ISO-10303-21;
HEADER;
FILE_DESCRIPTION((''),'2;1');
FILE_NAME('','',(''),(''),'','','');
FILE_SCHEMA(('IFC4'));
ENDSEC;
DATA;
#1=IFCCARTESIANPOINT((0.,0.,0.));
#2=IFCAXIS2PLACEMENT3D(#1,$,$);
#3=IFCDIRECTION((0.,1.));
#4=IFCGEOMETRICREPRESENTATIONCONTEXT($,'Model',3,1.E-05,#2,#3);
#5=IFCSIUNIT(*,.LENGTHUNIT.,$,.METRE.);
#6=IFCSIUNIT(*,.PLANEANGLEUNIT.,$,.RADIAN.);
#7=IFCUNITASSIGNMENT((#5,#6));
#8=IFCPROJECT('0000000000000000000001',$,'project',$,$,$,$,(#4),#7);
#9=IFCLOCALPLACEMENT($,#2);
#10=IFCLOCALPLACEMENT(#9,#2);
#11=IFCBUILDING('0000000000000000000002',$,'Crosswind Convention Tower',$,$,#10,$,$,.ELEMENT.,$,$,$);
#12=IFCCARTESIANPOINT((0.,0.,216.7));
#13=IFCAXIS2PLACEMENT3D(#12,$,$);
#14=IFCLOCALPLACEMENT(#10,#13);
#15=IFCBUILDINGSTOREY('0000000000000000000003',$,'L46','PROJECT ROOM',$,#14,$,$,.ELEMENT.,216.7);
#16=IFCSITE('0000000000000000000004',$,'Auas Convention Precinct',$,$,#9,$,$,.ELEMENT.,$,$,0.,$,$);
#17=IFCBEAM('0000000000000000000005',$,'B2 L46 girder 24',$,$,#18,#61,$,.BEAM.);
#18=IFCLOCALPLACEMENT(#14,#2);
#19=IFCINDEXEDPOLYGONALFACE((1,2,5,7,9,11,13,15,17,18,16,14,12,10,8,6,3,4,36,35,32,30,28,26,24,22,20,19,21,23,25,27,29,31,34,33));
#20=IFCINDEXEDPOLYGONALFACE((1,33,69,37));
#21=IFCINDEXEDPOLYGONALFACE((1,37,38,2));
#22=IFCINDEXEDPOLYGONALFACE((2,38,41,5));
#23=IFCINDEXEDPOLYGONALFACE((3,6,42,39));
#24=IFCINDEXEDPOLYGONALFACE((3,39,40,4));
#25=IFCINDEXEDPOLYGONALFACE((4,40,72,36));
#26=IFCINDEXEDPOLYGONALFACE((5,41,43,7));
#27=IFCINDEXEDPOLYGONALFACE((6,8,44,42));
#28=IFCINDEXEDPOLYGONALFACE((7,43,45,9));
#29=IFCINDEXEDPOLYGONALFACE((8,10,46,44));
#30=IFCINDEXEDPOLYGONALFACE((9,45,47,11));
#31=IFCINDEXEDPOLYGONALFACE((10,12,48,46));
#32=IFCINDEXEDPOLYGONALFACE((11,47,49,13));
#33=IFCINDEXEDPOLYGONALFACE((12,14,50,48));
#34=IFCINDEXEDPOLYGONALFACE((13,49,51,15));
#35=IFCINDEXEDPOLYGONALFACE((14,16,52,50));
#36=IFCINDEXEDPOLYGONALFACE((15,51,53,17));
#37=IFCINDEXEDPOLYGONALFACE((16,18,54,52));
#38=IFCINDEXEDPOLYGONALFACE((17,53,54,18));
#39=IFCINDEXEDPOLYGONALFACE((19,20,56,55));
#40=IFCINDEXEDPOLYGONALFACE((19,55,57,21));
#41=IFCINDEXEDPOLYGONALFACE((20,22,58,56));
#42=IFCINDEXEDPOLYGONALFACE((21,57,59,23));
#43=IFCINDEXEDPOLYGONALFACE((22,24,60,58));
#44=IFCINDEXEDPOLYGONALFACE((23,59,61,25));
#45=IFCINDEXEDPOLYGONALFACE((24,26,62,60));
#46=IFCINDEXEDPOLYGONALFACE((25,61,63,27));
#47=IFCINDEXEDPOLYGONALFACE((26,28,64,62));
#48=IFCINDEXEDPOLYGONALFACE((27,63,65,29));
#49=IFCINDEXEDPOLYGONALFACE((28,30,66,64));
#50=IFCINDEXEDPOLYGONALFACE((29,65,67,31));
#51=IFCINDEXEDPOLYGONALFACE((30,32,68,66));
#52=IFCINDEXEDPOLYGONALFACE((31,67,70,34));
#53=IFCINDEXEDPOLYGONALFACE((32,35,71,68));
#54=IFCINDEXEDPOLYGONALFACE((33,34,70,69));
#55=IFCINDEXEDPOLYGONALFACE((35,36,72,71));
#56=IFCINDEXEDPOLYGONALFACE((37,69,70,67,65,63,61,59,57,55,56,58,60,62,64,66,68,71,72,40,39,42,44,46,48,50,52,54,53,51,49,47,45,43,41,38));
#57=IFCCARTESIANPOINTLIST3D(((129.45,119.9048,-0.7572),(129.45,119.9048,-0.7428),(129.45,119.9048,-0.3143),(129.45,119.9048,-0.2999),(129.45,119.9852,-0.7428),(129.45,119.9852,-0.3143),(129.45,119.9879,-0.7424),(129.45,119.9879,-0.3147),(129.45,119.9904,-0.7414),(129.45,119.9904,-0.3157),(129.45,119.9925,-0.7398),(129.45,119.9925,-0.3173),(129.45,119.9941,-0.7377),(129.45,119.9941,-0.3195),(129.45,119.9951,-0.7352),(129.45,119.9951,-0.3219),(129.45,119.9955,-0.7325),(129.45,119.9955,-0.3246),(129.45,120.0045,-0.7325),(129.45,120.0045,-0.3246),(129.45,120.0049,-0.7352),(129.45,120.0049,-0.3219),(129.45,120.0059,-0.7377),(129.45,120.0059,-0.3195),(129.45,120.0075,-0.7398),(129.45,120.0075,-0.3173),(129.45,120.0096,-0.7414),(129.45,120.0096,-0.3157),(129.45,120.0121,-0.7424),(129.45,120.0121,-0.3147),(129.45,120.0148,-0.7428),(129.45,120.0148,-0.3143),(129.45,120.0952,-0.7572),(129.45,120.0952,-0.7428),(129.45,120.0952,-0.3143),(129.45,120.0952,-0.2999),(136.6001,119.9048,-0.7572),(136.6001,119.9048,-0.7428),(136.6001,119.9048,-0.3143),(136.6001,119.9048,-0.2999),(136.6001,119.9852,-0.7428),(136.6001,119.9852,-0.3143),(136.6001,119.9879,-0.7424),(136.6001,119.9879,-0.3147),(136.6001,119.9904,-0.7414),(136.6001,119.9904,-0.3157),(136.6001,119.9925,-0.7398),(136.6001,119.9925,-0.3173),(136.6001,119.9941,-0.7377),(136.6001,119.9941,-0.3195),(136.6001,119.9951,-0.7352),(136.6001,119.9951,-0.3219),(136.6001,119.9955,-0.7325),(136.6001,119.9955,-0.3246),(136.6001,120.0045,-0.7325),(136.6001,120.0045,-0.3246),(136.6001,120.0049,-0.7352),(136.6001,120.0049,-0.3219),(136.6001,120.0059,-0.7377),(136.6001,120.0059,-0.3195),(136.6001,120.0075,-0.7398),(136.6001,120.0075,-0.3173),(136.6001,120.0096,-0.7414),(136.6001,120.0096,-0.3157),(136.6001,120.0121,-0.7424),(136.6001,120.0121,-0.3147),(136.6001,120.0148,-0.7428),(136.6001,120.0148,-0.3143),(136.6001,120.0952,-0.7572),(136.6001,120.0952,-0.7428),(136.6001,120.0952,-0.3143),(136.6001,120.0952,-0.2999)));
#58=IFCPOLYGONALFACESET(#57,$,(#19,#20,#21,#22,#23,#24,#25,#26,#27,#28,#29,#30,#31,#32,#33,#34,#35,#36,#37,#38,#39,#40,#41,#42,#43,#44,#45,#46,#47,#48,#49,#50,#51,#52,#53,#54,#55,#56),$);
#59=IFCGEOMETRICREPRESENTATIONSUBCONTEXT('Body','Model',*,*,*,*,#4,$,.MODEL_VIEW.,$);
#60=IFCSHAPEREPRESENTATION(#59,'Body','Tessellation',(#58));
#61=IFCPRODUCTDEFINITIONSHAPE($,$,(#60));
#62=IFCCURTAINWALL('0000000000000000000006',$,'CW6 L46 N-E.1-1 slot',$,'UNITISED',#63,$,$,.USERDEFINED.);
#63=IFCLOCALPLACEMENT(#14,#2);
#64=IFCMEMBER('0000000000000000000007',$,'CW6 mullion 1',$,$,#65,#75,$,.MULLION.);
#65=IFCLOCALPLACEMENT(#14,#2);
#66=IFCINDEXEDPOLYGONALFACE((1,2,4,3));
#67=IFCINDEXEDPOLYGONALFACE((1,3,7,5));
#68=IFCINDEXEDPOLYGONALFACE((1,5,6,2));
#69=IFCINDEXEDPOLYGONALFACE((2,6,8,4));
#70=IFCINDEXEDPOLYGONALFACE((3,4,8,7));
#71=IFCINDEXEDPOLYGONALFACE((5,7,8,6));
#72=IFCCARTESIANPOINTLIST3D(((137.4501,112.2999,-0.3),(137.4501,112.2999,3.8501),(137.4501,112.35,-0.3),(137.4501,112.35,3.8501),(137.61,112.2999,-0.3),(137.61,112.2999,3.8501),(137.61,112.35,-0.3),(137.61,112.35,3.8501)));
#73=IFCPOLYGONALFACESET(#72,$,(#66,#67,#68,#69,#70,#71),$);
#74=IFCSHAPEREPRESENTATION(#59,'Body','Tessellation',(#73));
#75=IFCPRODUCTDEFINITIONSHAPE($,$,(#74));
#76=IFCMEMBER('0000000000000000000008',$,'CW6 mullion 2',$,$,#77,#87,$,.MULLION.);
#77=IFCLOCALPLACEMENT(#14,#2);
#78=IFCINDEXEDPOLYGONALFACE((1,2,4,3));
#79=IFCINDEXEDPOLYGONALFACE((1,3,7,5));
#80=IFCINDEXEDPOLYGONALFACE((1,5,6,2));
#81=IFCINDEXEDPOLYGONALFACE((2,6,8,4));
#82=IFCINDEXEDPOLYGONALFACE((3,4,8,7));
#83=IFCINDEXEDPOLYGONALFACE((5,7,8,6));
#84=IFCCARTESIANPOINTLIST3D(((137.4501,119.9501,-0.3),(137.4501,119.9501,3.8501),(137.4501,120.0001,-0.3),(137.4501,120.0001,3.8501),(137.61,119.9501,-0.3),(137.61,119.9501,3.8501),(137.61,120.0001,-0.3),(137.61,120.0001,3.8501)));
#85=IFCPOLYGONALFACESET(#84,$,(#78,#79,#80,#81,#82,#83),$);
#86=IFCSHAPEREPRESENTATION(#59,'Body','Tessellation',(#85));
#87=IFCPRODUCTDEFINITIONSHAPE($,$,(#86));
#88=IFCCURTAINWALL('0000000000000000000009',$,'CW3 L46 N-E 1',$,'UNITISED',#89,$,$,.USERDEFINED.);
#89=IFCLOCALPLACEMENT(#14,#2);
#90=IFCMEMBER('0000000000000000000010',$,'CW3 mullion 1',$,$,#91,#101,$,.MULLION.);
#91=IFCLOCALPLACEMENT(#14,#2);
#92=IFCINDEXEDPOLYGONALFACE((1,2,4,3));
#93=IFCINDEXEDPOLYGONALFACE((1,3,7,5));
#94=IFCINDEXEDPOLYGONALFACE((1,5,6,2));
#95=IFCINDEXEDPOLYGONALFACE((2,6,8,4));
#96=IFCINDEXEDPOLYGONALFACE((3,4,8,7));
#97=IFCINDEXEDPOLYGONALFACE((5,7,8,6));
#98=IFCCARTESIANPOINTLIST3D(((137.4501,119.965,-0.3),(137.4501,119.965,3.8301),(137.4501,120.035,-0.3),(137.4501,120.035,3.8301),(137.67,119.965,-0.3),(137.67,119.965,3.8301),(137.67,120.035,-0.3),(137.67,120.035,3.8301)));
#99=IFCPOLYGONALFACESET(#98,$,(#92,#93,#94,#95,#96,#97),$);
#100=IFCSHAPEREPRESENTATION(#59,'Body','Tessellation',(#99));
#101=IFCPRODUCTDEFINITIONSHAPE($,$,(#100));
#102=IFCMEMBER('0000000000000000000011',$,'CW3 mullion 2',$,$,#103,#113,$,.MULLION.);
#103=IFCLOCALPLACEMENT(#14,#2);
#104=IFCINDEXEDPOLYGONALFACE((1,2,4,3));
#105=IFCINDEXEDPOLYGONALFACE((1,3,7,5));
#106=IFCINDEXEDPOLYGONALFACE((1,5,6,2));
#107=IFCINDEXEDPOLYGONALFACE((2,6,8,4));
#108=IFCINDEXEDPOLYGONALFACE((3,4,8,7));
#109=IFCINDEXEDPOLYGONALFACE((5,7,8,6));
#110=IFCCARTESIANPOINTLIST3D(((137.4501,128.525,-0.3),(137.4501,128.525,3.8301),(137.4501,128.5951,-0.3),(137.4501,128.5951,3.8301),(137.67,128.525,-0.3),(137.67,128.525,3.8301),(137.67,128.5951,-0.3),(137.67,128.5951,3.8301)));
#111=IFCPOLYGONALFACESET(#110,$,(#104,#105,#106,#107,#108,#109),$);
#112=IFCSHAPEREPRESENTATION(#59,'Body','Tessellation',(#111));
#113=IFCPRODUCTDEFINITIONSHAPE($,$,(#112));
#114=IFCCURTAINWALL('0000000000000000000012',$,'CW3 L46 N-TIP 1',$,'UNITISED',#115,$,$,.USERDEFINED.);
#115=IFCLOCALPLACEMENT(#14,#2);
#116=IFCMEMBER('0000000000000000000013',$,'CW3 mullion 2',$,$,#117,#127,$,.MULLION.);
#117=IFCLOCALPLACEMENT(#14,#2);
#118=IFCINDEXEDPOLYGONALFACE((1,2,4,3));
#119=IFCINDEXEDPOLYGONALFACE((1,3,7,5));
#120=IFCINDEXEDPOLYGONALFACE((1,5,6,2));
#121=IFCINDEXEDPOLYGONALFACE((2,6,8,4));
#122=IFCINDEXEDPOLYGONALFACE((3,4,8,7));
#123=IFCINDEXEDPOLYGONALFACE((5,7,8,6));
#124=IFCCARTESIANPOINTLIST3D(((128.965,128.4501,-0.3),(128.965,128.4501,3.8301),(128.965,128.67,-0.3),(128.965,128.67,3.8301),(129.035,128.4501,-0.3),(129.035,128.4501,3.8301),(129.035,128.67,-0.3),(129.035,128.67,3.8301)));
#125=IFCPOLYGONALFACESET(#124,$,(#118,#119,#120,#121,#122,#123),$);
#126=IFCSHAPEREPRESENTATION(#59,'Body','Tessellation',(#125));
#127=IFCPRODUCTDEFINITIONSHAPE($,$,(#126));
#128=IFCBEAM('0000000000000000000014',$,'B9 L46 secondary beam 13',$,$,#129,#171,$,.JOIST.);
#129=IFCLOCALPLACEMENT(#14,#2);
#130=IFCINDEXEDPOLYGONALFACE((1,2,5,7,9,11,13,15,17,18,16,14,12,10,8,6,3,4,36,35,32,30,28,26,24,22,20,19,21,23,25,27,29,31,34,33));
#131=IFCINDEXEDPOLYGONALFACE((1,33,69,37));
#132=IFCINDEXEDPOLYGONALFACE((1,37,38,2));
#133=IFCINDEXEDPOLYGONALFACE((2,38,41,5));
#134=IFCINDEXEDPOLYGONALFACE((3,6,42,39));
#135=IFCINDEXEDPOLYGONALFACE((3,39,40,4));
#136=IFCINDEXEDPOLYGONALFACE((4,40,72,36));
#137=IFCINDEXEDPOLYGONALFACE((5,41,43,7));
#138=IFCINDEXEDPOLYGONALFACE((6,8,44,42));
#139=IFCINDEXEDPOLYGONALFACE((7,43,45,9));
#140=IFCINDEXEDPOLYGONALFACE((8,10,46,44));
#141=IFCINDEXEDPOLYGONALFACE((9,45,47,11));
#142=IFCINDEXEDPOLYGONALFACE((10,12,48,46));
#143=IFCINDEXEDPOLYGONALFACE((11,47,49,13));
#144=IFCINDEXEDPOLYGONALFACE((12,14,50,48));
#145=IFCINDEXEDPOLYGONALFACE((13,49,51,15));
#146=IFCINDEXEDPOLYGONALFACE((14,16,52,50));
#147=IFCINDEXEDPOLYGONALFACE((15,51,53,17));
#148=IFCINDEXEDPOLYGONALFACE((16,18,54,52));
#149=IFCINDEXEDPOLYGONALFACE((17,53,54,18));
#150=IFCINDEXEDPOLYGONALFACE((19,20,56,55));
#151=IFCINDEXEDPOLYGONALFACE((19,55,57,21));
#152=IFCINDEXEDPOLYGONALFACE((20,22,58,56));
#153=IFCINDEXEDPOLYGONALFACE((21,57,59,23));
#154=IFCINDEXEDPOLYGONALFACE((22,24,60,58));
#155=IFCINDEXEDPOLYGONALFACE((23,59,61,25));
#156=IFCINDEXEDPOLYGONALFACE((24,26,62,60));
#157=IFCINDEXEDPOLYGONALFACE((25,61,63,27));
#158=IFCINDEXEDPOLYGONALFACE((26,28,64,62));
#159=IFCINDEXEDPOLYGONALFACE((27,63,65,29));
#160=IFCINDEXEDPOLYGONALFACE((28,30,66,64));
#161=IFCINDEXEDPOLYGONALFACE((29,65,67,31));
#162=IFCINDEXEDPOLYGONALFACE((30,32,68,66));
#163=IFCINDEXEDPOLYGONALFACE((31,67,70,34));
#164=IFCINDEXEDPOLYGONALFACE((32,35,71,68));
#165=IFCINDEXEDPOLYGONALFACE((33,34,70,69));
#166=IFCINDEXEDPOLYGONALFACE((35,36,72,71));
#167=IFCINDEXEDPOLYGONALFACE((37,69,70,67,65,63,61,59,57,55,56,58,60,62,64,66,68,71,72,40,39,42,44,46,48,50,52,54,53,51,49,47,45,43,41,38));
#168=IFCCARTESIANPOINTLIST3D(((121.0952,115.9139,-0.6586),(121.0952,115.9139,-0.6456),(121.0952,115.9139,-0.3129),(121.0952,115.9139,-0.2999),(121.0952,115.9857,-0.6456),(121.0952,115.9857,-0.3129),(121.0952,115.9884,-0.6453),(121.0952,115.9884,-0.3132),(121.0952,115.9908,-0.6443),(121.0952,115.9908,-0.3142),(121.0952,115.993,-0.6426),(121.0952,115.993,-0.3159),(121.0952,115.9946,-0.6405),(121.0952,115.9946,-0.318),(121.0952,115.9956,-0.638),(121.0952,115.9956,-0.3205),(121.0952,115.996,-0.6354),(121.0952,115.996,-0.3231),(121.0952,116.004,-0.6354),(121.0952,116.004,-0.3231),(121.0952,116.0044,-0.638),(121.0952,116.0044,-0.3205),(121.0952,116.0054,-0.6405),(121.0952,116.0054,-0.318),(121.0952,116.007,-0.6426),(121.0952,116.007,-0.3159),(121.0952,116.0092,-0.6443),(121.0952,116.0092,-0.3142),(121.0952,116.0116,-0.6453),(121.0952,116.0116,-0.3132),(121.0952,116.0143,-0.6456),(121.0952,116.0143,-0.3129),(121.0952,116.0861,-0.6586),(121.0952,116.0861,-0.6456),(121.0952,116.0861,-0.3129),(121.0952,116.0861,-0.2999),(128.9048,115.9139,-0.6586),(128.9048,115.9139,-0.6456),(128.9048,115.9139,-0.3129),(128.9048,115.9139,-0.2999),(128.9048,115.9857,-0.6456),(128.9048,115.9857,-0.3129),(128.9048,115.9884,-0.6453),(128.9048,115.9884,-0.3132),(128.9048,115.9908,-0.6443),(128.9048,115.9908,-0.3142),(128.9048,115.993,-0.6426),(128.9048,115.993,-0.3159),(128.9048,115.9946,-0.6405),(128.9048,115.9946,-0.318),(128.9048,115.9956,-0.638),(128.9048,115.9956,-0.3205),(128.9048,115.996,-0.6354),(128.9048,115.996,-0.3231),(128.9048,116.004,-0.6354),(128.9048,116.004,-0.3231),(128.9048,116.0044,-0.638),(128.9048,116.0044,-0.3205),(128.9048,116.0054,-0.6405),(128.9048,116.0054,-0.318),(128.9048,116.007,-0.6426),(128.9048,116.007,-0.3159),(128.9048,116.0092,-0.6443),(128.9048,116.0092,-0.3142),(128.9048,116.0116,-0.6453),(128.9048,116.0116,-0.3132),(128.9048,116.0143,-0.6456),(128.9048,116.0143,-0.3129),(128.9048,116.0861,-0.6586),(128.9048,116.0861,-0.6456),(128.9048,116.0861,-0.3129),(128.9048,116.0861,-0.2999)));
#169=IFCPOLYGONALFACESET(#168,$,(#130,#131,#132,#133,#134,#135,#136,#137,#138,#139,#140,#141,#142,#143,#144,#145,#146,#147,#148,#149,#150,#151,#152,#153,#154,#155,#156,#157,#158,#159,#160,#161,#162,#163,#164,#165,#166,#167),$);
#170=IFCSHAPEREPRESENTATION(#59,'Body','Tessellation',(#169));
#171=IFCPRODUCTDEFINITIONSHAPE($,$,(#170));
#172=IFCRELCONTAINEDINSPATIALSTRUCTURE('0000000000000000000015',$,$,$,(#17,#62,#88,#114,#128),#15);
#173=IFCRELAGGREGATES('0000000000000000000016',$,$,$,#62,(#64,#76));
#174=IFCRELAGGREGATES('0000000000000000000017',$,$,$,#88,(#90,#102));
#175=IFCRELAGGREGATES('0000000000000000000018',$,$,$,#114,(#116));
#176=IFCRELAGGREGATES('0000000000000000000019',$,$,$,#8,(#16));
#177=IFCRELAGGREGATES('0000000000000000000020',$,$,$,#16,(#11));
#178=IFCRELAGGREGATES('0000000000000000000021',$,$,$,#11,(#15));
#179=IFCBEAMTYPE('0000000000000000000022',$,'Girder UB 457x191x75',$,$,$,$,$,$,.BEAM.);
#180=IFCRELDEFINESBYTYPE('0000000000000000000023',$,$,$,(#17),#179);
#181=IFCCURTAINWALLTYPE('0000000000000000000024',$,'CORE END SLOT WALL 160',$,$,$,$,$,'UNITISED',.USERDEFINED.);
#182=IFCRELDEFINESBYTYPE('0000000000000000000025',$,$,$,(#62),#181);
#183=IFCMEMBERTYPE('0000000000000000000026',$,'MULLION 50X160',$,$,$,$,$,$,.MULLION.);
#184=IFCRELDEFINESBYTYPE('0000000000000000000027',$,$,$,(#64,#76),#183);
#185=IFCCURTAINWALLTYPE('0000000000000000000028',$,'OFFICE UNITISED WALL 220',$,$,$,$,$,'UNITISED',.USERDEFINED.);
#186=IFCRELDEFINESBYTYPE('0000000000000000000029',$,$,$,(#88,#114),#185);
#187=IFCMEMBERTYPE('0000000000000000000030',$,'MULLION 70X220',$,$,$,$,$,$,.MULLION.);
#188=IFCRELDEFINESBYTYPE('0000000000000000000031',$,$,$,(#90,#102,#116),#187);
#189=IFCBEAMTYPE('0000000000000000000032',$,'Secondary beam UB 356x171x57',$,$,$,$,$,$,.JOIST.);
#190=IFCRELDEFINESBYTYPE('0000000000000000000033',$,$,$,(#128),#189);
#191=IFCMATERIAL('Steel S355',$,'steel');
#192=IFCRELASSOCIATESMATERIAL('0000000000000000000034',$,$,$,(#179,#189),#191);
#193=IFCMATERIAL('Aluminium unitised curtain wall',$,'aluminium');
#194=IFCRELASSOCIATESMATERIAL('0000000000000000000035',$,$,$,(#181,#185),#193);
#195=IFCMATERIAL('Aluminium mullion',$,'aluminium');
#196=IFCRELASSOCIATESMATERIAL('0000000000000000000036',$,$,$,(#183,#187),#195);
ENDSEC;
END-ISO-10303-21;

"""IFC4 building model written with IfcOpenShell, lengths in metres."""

from ifc_helpers import new_model, si_unit, direction, frame, origin, origin_2d, place, context, subcontext, project, spatial, rectangle, i_section, extrude, material, material_profile, profile_set, type_object, element, aggregate, save


model = new_model("IFC4")

# Units and contexts
model_context = context("Model", 3, precision=1e-05, world=origin(), true_north=direction((0.0, 1.0)))
body_context = subcontext(model_context, "Body", "Model", "MODEL_VIEW")
ifc_project = project(units=[si_unit("LENGTHUNIT", "METRE"), si_unit("PLANEANGLEUNIT", "RADIAN")], contexts=[model_context])

# Site, building, storey
site_placement = place(None, origin())
site = spatial("IfcSite", under=ifc_project, at=site_placement, Name="Auas Convention Precinct", CompositionType="ELEMENT", RefElevation=0.0)
building_placement = place(site_placement, origin())
building = spatial("IfcBuilding", under=site, at=building_placement, Name="Crosswind Convention Tower", CompositionType="ELEMENT")
storey_placement = place(building_placement, frame((0.0, 0.0, 216.7)))
storey = spatial("IfcBuildingStorey", under=building, at=storey_placement, Name="L46", Description="PROJECT ROOM", CompositionType="ELEMENT", Elevation=216.7)

# Beam
ifc_material_1 = material(Name="Steel S355", Category="steel")
ifc_material_profile_1 = material_profile(ifc_material_1, i_section(OverallWidth=0.1904, OverallDepth=0.4573, WebThickness=0.009, FlangeThickness=0.0144, FilletRadius=0.0103, at=origin_2d()), Name="UB 457x191x75")
ifc_profile_set_1 = profile_set([ifc_material_profile_1], Name="Steel S355")
beam_type_1 = type_object("IfcBeamType", Name="Girder UB 457x191x75", PredefinedType="BEAM", material=ifc_profile_set_1)
for number, where, z_axis, x_axis, name in (
    (1, (129.45, 120.0, -0.5286), (1.0, 0.0, 0.0), (0.0, 1.0, 0.0), "B2 L46 girder 24"),
):
    element("IfcBeam", number, at=place(storey_placement, frame(where, z_axis=z_axis, x_axis=x_axis)), inside=storey, type_object=beam_type_1, Name=name, PredefinedType="BEAM", context=body_context, shape_type="SweptSolid", body=[
        extrude(i_section(OverallWidth=0.1904, OverallDepth=0.4573, WebThickness=0.009, FlangeThickness=0.0144, FilletRadius=0.0103, at=origin_2d()), origin(), (0.0, 0.0, 1.0), 7.1501),
    ])

# Curtain walls, members
ifc_material_2 = material(Name="Aluminium unitised curtain wall", Category="aluminium")
curtain_wall_type_1 = type_object("IfcCurtainWallType", Name="CORE END SLOT WALL 160", ElementType="UNITISED", PredefinedType="USERDEFINED", material=ifc_material_2)
curtain_wall_1_placement = place(storey_placement, origin())
curtain_wall_1 = element("IfcCurtainWall", 2, at=curtain_wall_1_placement, inside=storey, type_object=curtain_wall_type_1, Name="CW6 L46 N-E.1-1 slot", ObjectType="UNITISED", PredefinedType="USERDEFINED")
ifc_material_3 = material(Name="Aluminium mullion", Category="aluminium")
ifc_material_profile_2 = material_profile(ifc_material_3, rectangle(XDim=0.1599, YDim=0.05, at=origin_2d()), Name="AL 160X50")
ifc_profile_set_2 = profile_set([ifc_material_profile_2], Name="Aluminium mullion")
member_type_1 = type_object("IfcMemberType", Name="MULLION 50X160", PredefinedType="MULLION", material=ifc_profile_set_2)
member_1_placement = place(storey_placement, frame((137.53, 112.325, -0.3), z_axis=(0.0, 0.0, 1.0), x_axis=(1.0, 0.0, 0.0)))
member_1 = element("IfcMember", 3, at=member_1_placement, type_object=member_type_1, Name="CW6 mullion 1", PredefinedType="MULLION", context=body_context, shape_type="SweptSolid", body=[
    extrude(rectangle(XDim=0.1599, YDim=0.05, at=origin_2d()), origin(), (0.0, 0.0, 1.0), 4.1501),
])
member_2_placement = place(storey_placement, frame((137.53, 119.9751, -0.3), z_axis=(0.0, 0.0, 1.0), x_axis=(1.0, 0.0, 0.0)))
member_2 = element("IfcMember", 4, at=member_2_placement, type_object=member_type_1, Name="CW6 mullion 2", PredefinedType="MULLION", context=body_context, shape_type="SweptSolid", body=[
    extrude(rectangle(XDim=0.1599, YDim=0.05, at=origin_2d()), origin(), (0.0, 0.0, 1.0), 4.1501),
])
curtain_wall_type_2 = type_object("IfcCurtainWallType", Name="OFFICE UNITISED WALL 220", ElementType="UNITISED", PredefinedType="USERDEFINED", material=ifc_material_2)
curtain_wall_2_placement = place(storey_placement, origin())
curtain_wall_2 = element("IfcCurtainWall", 5, at=curtain_wall_2_placement, inside=storey, type_object=curtain_wall_type_2, Name="CW3 L46 N-E 1", ObjectType="UNITISED", PredefinedType="USERDEFINED")
ifc_material_profile_3 = material_profile(ifc_material_3, rectangle(XDim=0.22, YDim=0.0701, at=origin_2d()), Name="AL 220X70")
ifc_profile_set_3 = profile_set([ifc_material_profile_3], Name="Aluminium mullion")
member_type_2 = type_object("IfcMemberType", Name="MULLION 70X220", PredefinedType="MULLION", material=ifc_profile_set_3)
member_3_placement = place(storey_placement, frame((137.5601, 120.0, -0.3), z_axis=(0.0, 0.0, 1.0), x_axis=(1.0, 0.0, 0.0)))
member_3 = element("IfcMember", 6, at=member_3_placement, type_object=member_type_2, Name="CW3 mullion 1", PredefinedType="MULLION", context=body_context, shape_type="SweptSolid", body=[
    extrude(rectangle(XDim=0.22, YDim=0.0701, at=origin_2d()), origin(), (0.0, 0.0, 1.0), 4.1301),
])
member_4_placement = place(storey_placement, frame((137.5601, 128.5601, -0.3), z_axis=(0.0, 0.0, 1.0), x_axis=(1.0, 0.0, 0.0)))
member_4 = element("IfcMember", 7, at=member_4_placement, type_object=member_type_2, Name="CW3 mullion 2", PredefinedType="MULLION", context=body_context, shape_type="SweptSolid", body=[
    extrude(rectangle(XDim=0.22, YDim=0.0701, at=origin_2d()), origin(), (0.0, 0.0, 1.0), 4.1301),
])

# Curtain wall, member
curtain_wall_3_placement = place(storey_placement, origin())
curtain_wall_3 = element("IfcCurtainWall", 8, at=curtain_wall_3_placement, inside=storey, type_object=curtain_wall_type_2, Name="CW3 L46 N-TIP 1", ObjectType="UNITISED", PredefinedType="USERDEFINED")
member_5_placement = place(storey_placement, frame((129.0, 128.5601, -0.3), z_axis=(0.0, 0.0, 1.0), x_axis=(0.0, 1.0, 0.0)))
member_5 = element("IfcMember", 9, at=member_5_placement, type_object=member_type_2, Name="CW3 mullion 2", PredefinedType="MULLION", context=body_context, shape_type="SweptSolid", body=[
    extrude(rectangle(XDim=0.22, YDim=0.0701, at=origin_2d()), origin(), (0.0, 0.0, 1.0), 4.1301),
])

# Beam
ifc_material_profile_4 = material_profile(ifc_material_1, i_section(OverallWidth=0.1721, OverallDepth=0.3586, WebThickness=0.0081, FlangeThickness=0.0129, FilletRadius=0.0103, at=origin_2d()), Name="UB 356x171x57")
ifc_profile_set_4 = profile_set([ifc_material_profile_4], Name="Steel S355")
beam_type_2 = type_object("IfcBeamType", Name="Secondary beam UB 356x171x57", PredefinedType="JOIST", material=ifc_profile_set_4)
for number, where, z_axis, x_axis, name in (
    (10, (121.0952, 116.0, -0.4792), (1.0, 0.0, 0.0), (0.0, 1.0, 0.0), "B9 L46 secondary beam 13"),
):
    element("IfcBeam", number, at=place(storey_placement, frame(where, z_axis=z_axis, x_axis=x_axis)), inside=storey, type_object=beam_type_2, Name=name, PredefinedType="JOIST", context=body_context, shape_type="SweptSolid", body=[
        extrude(i_section(OverallWidth=0.1721, OverallDepth=0.3586, WebThickness=0.0081, FlangeThickness=0.0129, FilletRadius=0.0103, at=origin_2d()), origin(), (0.0, 0.0, 1.0), 7.8096),
    ])

aggregate(curtain_wall_1, [member_1, member_2])

aggregate(curtain_wall_2, [member_3, member_4])
aggregate(curtain_wall_3, [member_5])

save(model, "model.ifc")
